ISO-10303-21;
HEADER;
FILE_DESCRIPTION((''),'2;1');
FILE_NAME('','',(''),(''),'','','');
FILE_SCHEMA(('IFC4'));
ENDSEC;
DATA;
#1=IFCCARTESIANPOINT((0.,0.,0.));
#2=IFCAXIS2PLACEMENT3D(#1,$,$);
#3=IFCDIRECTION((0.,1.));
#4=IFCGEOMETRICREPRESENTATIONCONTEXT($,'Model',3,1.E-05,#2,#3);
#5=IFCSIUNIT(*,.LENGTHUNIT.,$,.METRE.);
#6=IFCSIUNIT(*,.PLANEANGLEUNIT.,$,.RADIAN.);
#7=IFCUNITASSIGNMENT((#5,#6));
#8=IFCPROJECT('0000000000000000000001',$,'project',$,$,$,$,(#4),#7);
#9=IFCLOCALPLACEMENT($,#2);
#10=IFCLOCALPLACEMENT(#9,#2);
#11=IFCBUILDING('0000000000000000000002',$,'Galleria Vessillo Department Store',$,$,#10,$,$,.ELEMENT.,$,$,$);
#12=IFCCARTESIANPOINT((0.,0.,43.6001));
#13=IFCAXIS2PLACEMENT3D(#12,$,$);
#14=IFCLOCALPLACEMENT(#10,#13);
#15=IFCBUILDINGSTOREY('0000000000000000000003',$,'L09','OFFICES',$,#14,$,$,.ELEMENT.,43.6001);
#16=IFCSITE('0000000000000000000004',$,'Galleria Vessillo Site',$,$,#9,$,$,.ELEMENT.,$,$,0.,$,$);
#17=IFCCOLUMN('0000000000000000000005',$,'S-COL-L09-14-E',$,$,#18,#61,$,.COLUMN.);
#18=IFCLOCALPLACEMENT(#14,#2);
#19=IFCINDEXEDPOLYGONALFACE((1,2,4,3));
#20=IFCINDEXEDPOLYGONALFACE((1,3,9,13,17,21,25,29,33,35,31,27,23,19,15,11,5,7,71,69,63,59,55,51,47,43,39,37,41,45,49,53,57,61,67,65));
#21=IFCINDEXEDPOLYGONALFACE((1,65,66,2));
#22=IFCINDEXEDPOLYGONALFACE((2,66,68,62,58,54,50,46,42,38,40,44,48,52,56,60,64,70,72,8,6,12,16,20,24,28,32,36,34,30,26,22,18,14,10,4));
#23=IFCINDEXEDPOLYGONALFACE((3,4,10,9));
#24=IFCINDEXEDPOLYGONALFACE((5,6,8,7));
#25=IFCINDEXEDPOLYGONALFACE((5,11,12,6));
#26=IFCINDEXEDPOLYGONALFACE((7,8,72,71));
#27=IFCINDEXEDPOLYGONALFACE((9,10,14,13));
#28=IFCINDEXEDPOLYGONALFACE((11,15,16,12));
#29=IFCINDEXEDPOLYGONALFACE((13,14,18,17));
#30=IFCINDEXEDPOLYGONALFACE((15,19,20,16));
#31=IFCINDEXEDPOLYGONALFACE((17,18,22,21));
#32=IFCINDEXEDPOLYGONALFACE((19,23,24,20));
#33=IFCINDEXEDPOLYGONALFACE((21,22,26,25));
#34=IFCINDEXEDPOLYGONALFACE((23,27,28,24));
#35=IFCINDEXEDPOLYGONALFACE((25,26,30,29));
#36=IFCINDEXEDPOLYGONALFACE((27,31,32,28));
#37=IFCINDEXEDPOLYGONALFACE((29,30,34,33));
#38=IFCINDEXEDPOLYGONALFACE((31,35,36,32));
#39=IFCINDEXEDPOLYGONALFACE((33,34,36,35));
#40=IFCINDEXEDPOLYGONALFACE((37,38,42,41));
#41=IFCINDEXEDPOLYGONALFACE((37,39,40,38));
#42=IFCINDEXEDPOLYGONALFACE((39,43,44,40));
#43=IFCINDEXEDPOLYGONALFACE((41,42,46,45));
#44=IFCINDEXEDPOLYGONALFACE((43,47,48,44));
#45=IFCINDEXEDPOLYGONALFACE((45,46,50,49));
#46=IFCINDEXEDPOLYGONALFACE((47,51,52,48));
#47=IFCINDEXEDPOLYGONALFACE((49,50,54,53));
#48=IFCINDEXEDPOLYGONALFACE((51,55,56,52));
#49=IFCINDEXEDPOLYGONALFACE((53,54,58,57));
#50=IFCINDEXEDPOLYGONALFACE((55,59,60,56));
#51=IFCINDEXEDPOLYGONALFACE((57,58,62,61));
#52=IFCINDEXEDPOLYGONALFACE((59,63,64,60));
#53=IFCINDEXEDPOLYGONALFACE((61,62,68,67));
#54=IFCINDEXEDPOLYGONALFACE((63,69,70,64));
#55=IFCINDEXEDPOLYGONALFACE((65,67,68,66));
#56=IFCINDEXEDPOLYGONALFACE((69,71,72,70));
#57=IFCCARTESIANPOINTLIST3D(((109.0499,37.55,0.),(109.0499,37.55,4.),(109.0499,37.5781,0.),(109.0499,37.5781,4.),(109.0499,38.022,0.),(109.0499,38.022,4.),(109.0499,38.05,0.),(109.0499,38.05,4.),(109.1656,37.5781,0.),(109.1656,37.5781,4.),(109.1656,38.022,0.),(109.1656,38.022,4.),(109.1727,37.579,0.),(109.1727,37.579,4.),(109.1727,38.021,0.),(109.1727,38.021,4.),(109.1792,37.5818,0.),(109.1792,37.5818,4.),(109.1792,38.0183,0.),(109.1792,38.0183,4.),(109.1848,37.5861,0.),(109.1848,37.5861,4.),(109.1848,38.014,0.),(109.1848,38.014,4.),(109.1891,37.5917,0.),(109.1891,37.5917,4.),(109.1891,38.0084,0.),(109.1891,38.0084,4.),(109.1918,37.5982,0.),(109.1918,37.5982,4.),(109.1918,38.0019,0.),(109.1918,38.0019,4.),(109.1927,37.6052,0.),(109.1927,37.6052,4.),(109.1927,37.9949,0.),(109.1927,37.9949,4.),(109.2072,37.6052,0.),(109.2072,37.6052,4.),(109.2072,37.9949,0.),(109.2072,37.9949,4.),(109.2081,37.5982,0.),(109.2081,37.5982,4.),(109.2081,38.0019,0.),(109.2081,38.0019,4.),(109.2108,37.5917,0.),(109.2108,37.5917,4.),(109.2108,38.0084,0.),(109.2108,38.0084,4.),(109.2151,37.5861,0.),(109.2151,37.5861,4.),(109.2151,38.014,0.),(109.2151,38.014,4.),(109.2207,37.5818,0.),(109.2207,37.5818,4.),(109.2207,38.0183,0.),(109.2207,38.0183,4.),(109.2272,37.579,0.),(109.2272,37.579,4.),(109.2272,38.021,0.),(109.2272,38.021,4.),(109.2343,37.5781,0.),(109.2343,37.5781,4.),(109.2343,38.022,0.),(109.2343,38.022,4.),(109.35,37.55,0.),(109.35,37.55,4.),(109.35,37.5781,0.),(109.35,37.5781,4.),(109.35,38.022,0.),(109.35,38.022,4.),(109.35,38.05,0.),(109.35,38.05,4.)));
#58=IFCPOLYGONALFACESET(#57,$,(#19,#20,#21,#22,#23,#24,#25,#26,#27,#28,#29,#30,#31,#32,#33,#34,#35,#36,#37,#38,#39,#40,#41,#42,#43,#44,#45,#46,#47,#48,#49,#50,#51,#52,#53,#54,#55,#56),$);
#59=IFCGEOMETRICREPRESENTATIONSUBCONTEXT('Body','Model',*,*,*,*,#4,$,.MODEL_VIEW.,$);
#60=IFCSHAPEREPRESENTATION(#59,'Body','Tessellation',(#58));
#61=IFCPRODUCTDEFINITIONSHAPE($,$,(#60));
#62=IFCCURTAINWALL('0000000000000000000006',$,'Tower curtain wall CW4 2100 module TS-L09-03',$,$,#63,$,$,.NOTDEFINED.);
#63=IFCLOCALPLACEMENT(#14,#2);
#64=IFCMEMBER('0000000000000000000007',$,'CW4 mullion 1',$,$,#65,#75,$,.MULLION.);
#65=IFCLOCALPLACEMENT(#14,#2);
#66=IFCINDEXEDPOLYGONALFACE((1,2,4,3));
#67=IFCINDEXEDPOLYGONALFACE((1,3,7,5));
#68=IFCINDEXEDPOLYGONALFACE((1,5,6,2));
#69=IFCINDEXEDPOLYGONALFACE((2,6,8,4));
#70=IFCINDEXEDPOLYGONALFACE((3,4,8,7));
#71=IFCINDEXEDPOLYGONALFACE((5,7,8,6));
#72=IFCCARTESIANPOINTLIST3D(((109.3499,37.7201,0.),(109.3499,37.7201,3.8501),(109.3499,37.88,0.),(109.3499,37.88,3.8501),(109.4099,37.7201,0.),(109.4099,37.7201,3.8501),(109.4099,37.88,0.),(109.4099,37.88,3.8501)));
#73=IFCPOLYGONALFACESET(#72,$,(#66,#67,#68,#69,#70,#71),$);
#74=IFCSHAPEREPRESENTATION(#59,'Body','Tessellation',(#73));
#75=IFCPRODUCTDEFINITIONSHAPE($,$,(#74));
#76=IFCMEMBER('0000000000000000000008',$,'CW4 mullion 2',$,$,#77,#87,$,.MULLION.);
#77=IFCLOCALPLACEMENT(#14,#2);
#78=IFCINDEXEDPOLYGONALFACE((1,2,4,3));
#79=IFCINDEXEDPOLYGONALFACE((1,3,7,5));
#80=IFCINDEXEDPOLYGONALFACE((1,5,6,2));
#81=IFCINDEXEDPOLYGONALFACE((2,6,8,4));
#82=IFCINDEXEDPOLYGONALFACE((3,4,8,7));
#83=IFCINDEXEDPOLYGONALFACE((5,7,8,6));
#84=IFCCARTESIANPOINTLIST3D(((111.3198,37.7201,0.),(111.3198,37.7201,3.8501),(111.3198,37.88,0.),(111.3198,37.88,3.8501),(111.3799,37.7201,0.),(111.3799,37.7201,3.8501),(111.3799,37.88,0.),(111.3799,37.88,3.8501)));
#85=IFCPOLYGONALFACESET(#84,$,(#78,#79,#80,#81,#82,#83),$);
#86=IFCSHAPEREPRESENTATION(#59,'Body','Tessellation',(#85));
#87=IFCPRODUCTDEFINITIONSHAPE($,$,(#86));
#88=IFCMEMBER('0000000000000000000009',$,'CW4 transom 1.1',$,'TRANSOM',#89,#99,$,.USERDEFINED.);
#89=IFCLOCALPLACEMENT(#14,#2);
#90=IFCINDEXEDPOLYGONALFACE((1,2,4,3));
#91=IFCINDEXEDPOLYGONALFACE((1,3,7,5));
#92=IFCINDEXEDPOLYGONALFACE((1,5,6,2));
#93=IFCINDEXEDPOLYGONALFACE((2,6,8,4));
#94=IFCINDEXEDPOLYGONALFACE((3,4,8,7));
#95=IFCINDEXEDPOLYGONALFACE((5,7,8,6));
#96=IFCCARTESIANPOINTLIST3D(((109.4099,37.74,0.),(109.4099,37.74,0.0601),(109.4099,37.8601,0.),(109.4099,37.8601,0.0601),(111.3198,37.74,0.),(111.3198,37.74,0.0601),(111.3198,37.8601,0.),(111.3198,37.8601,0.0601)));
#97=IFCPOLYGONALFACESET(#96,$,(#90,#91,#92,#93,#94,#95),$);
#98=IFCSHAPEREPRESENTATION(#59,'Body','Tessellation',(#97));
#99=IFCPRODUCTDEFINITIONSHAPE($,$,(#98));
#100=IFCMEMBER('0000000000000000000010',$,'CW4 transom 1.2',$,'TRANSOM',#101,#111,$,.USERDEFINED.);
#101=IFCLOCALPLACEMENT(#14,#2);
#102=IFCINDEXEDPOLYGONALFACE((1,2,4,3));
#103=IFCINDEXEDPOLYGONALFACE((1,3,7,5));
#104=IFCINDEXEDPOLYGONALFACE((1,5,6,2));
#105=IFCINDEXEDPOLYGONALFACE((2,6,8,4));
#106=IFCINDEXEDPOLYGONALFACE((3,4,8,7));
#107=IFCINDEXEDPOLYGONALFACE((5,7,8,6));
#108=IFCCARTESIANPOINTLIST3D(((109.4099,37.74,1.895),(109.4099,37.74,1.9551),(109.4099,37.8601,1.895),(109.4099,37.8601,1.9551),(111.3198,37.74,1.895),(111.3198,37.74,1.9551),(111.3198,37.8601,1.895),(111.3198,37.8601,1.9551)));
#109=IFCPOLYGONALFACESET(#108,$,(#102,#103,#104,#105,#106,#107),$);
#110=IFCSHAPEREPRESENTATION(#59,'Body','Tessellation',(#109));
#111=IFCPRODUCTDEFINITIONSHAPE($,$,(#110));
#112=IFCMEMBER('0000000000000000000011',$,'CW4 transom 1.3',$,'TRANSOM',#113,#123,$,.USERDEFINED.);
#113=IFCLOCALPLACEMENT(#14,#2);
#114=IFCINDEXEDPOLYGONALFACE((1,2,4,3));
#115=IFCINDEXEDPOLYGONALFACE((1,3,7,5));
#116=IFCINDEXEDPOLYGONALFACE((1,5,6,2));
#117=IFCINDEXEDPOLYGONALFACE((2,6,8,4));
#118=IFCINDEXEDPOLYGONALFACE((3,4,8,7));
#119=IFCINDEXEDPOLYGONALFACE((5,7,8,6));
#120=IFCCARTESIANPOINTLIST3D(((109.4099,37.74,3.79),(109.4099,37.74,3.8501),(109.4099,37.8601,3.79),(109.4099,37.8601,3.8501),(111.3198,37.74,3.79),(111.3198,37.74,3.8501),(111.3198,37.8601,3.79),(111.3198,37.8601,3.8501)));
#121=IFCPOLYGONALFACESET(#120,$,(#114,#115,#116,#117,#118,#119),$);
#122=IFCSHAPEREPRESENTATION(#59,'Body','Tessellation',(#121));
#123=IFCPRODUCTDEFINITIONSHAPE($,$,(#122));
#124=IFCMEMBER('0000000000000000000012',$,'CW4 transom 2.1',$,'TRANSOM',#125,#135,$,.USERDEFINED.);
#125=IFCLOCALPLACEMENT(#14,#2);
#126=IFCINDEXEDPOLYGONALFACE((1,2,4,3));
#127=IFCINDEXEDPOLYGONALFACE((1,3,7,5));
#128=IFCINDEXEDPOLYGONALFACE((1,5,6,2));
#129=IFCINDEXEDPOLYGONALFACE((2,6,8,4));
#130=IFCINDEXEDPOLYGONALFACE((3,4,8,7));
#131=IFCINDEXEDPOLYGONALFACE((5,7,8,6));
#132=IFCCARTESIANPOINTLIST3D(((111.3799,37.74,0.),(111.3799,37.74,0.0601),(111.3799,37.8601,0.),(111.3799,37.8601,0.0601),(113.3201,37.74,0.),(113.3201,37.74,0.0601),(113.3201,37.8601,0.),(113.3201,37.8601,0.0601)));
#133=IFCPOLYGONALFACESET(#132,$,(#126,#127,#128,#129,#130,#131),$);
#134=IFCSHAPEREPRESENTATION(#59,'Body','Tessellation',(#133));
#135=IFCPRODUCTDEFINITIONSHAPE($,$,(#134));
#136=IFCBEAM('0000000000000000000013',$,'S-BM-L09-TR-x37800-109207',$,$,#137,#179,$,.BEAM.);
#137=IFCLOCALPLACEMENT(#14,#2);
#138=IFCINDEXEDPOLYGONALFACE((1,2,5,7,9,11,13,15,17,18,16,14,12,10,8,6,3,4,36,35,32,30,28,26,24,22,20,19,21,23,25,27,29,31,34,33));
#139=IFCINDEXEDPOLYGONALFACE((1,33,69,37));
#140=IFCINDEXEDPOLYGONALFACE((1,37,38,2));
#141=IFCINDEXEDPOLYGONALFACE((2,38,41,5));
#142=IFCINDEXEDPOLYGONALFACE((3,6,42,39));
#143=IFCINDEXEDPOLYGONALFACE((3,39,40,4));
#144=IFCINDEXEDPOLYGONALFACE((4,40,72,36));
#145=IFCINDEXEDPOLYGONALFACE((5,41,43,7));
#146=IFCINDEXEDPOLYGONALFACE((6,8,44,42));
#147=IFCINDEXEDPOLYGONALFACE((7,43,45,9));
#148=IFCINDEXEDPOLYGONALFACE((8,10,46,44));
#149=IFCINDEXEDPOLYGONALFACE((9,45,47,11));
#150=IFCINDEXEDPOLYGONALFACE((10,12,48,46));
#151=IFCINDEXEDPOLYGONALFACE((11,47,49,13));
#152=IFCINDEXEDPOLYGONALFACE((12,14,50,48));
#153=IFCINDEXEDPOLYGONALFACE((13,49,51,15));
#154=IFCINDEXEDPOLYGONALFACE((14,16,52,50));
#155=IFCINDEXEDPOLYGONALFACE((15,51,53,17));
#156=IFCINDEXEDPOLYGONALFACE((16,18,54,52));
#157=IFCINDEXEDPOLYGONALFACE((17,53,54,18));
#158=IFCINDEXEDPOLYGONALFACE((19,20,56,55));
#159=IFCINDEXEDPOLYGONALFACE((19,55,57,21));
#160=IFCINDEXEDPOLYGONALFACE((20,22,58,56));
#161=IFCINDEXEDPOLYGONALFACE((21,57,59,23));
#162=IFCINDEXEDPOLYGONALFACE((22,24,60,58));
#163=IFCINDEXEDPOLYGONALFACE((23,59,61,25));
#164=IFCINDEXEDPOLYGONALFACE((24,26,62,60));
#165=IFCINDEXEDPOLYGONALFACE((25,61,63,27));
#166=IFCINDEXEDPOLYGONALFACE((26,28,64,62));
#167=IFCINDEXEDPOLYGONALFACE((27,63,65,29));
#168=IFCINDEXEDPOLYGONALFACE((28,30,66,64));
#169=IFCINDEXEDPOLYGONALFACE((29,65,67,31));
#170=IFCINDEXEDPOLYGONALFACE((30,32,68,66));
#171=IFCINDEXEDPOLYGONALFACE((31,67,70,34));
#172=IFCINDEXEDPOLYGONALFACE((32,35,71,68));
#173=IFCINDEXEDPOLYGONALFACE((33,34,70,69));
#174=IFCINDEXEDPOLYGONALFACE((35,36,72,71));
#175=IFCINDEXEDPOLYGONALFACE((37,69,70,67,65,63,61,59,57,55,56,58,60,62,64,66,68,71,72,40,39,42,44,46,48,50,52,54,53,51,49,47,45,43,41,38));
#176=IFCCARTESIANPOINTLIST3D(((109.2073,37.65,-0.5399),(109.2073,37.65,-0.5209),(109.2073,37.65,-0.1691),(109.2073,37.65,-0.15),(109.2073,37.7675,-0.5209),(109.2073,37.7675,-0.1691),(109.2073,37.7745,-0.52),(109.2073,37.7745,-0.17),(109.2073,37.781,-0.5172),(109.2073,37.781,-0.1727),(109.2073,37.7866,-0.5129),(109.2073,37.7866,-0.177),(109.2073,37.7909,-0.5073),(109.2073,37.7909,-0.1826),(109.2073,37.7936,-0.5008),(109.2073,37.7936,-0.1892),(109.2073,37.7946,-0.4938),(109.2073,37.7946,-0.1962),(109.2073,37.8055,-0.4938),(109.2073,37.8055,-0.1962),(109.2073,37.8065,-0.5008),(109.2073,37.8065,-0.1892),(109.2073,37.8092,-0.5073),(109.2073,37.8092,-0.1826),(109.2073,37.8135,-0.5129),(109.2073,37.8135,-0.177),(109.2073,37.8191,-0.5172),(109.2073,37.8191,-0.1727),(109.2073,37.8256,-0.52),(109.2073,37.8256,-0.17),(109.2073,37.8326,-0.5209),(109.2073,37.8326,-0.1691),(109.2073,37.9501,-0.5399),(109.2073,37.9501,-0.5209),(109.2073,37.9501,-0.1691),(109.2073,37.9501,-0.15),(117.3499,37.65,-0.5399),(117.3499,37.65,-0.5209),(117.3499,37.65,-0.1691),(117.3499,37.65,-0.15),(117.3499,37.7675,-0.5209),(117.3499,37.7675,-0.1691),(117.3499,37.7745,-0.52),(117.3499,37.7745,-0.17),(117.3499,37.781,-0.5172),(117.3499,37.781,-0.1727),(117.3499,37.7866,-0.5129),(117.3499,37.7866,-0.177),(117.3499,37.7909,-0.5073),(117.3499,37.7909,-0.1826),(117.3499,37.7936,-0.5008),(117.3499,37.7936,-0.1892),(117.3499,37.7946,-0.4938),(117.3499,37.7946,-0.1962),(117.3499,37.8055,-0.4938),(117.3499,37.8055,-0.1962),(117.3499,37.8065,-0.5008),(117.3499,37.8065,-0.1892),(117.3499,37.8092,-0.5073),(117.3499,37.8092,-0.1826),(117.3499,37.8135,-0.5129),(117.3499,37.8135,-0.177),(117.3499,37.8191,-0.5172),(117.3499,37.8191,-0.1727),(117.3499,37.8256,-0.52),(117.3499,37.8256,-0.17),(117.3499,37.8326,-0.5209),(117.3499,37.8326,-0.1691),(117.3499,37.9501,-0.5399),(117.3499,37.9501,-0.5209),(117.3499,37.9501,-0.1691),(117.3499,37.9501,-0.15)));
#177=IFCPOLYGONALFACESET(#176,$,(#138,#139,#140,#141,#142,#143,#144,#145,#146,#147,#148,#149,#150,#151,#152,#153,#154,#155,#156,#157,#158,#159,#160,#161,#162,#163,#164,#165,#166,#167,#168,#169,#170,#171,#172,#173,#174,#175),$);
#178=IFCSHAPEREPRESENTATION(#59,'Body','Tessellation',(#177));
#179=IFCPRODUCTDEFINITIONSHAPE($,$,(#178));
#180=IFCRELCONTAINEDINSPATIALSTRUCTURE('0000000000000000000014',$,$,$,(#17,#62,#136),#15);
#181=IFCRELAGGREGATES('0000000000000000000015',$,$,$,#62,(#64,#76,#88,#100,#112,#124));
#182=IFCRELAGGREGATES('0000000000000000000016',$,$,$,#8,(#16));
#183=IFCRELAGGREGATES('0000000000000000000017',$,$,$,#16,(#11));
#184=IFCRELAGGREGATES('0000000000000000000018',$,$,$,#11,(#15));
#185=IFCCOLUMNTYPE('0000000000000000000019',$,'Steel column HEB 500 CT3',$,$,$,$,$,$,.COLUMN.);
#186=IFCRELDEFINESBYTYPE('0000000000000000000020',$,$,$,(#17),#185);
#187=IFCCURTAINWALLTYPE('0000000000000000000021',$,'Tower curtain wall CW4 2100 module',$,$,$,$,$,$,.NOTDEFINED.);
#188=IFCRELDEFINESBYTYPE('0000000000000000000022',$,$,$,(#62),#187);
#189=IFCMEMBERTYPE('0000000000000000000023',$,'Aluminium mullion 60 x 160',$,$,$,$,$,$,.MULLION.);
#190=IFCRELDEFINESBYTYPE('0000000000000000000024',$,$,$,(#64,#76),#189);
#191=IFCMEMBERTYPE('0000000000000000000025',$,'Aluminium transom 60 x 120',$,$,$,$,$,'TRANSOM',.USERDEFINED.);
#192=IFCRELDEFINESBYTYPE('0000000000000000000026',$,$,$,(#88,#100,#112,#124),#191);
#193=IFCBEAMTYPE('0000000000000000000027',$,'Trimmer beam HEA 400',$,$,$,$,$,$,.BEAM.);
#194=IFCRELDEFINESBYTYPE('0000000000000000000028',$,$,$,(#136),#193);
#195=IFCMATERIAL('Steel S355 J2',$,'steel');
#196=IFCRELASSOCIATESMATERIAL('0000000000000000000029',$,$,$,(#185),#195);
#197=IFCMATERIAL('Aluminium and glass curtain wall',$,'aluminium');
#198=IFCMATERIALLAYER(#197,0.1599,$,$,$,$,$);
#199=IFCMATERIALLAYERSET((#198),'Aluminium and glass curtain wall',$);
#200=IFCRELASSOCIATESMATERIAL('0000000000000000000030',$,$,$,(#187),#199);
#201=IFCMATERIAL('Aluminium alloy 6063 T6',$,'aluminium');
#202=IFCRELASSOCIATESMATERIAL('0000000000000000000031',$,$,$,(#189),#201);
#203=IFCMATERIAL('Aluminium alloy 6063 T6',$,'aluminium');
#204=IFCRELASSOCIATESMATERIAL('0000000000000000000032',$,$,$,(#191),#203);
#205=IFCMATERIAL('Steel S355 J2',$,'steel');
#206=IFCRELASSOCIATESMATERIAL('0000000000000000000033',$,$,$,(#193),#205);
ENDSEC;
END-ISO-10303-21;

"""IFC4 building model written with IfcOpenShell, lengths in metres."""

from ifc_helpers import new_model, si_unit, direction, frame, origin, origin_2d, place, context, subcontext, project, spatial, rectangle, i_section, extrude, material, layer, layer_set, material_profile, profile_set, type_object, element, aggregate, save


model = new_model("IFC4")

# Units and contexts
model_context = context("Model", 3, precision=1e-05, world=origin(), true_north=direction((0.0, 1.0)))
body_context = subcontext(model_context, "Body", "Model", "MODEL_VIEW")
ifc_project = project(units=[si_unit("LENGTHUNIT", "METRE"), si_unit("PLANEANGLEUNIT", "RADIAN")], contexts=[model_context])

# Site, building, storey
site_placement = place(None, origin())
site = spatial("IfcSite", under=ifc_project, at=site_placement, Name="Galleria Vessillo Site", CompositionType="ELEMENT", RefElevation=0.0)
building_placement = place(site_placement, origin())
building = spatial("IfcBuilding", under=site, at=building_placement, Name="Galleria Vessillo Department Store", CompositionType="ELEMENT")
storey_placement = place(building_placement, frame((0.0, 0.0, 43.6001)))
storey = spatial("IfcBuildingStorey", under=building, at=storey_placement, Name="L09", Description="OFFICES", CompositionType="ELEMENT", Elevation=43.6001)

# Column
ifc_material_1 = material(Name="Steel S355 J2", Category="steel")
ifc_material_profile_1 = material_profile(ifc_material_1, i_section(OverallWidth=0.3, OverallDepth=0.5, WebThickness=0.0144, FlangeThickness=0.0281, FilletRadius=0.0271, at=origin_2d()), Name="HEB 500")
ifc_profile_set_1 = profile_set([ifc_material_profile_1], Name="Steel S355 J2")
column_type = type_object("IfcColumnType", Name="Steel column HEB 500 CT3", PredefinedType="COLUMN", material=ifc_profile_set_1)
column_placement = place(storey_placement, frame((109.2, 37.8, 0.0), z_axis=(0.0, 0.0, 1.0), x_axis=(1.0, 0.0, 0.0)))
element("IfcColumn", 1, at=column_placement, inside=storey, type_object=column_type, Name="S-COL-L09-14-E", PredefinedType="COLUMN", context=body_context, shape_type="SweptSolid", body=[
    extrude(i_section(OverallWidth=0.3, OverallDepth=0.5, WebThickness=0.0144, FlangeThickness=0.0281, FilletRadius=0.0271, at=origin_2d()), origin(), (0.0, 0.0, 1.0), 4.0),
])

# Curtain wall, members
ifc_material_2 = material(Name="Aluminium and glass curtain wall", Category="aluminium")
ifc_layer_1 = layer(ifc_material_2, 0.1599)
ifc_layer_set_1 = layer_set([ifc_layer_1], Name="Aluminium and glass curtain wall")
curtain_wall_type = type_object("IfcCurtainWallType", Name="Tower curtain wall CW4 2100 module", PredefinedType="NOTDEFINED", material=ifc_layer_set_1)
curtain_wall_placement = place(storey_placement, origin())
curtain_wall = element("IfcCurtainWall", 2, at=curtain_wall_placement, inside=storey, type_object=curtain_wall_type, Name="Tower curtain wall CW4 2100 module TS-L09-03", PredefinedType="NOTDEFINED")
ifc_material_3 = material(Name="Aluminium alloy 6063 T6", Category="aluminium")
ifc_material_profile_2 = material_profile(ifc_material_3, rectangle(XDim=0.1599, YDim=0.0601, at=origin_2d()), Name="AL 60x160")
ifc_profile_set_2 = profile_set([ifc_material_profile_2], Name="Aluminium alloy 6063 T6")
member_type_1 = type_object("IfcMemberType", Name="Aluminium mullion 60 x 160", PredefinedType="MULLION", material=ifc_profile_set_2)
member_1_placement = place(storey_placement, frame((109.3799, 37.8, 0.0), z_axis=(0.0, 0.0, 1.0), x_axis=(0.0, 1.0, 0.0)))
member_1 = element("IfcMember", 3, at=member_1_placement, type_object=member_type_1, Name="CW4 mullion 1", PredefinedType="MULLION", context=body_context, shape_type="SweptSolid", body=[
    extrude(rectangle(XDim=0.1599, YDim=0.0601, at=origin_2d()), origin(), (0.0, 0.0, 1.0), 3.8501),
])
member_2_placement = place(storey_placement, frame((111.3499, 37.8, 0.0), z_axis=(0.0, 0.0, 1.0), x_axis=(0.0, 1.0, 0.0)))
member_2 = element("IfcMember", 4, at=member_2_placement, type_object=member_type_1, Name="CW4 mullion 2", PredefinedType="MULLION", context=body_context, shape_type="SweptSolid", body=[
    extrude(rectangle(XDim=0.1599, YDim=0.0601, at=origin_2d()), origin(), (0.0, 0.0, 1.0), 3.8501),
])
ifc_material_4 = material(Name="Aluminium alloy 6063 T6", Category="aluminium")
ifc_material_profile_3 = material_profile(ifc_material_4, rectangle(XDim=0.1201, YDim=0.0601, at=origin_2d()), Name="AL 60x120")
ifc_profile_set_3 = profile_set([ifc_material_profile_3], Name="Aluminium alloy 6063 T6")
member_type_2 = type_object("IfcMemberType", Name="Aluminium transom 60 x 120", ElementType="TRANSOM", PredefinedType="USERDEFINED", material=ifc_profile_set_3)
member_3_placement = place(storey_placement, frame((109.4099, 37.8, 0.03), z_axis=(1.0, 0.0, 0.0), x_axis=(0.0, 1.0, 0.0)))
member_3 = element("IfcMember", 5, at=member_3_placement, type_object=member_type_2, Name="CW4 transom 1.1", ObjectType="TRANSOM", PredefinedType="USERDEFINED", context=body_context, shape_type="SweptSolid", body=[
    extrude(rectangle(XDim=0.1201, YDim=0.0601, at=origin_2d()), origin(), (0.0, 0.0, 1.0), 1.9099),
])
member_4_placement = place(storey_placement, frame((109.4099, 37.8, 1.925), z_axis=(1.0, 0.0, 0.0), x_axis=(0.0, 1.0, 0.0)))
member_4 = element("IfcMember", 6, at=member_4_placement, type_object=member_type_2, Name="CW4 transom 1.2", ObjectType="TRANSOM", PredefinedType="USERDEFINED", context=body_context, shape_type="SweptSolid", body=[
    extrude(rectangle(XDim=0.1201, YDim=0.0601, at=origin_2d()), origin(), (0.0, 0.0, 1.0), 1.9099),
])
member_5_placement = place(storey_placement, frame((109.4099, 37.8, 3.8201), z_axis=(1.0, 0.0, 0.0), x_axis=(0.0, 1.0, 0.0)))
member_5 = element("IfcMember", 7, at=member_5_placement, type_object=member_type_2, Name="CW4 transom 1.3", ObjectType="TRANSOM", PredefinedType="USERDEFINED", context=body_context, shape_type="SweptSolid", body=[
    extrude(rectangle(XDim=0.1201, YDim=0.0601, at=origin_2d()), origin(), (0.0, 0.0, 1.0), 1.9099),
])
member_6_placement = place(storey_placement, frame((111.3799, 37.8, 0.03), z_axis=(1.0, 0.0, 0.0), x_axis=(0.0, 1.0, 0.0)))
member_6 = element("IfcMember", 8, at=member_6_placement, type_object=member_type_2, Name="CW4 transom 2.1", ObjectType="TRANSOM", PredefinedType="USERDEFINED", context=body_context, shape_type="SweptSolid", body=[
    extrude(rectangle(XDim=0.1201, YDim=0.0601, at=origin_2d()), origin(), (0.0, 0.0, 1.0), 1.9402),
])

# Beam
ifc_material_5 = material(Name="Steel S355 J2", Category="steel")
ifc_material_profile_4 = material_profile(ifc_material_5, i_section(OverallWidth=0.3, OverallDepth=0.3899, WebThickness=0.011, FlangeThickness=0.019, FilletRadius=0.0271, at=origin_2d()), Name="HEA 400")
ifc_profile_set_4 = profile_set([ifc_material_profile_4], Name="Steel S355 J2")
beam_type = type_object("IfcBeamType", Name="Trimmer beam HEA 400", PredefinedType="BEAM", material=ifc_profile_set_4)
beam_placement = place(storey_placement, frame((109.2073, 37.8, -0.345), z_axis=(1.0, 0.0, 0.0), x_axis=(0.0, 1.0, 0.0)))
element("IfcBeam", 9, at=beam_placement, inside=storey, type_object=beam_type, Name="S-BM-L09-TR-x37800-109207", PredefinedType="BEAM", context=body_context, shape_type="SweptSolid", body=[
    extrude(i_section(OverallWidth=0.3, OverallDepth=0.3899, WebThickness=0.011, FlangeThickness=0.019, FilletRadius=0.0271, at=origin_2d()), origin(), (0.0, 0.0, 1.0), 8.1426),
])

aggregate(curtain_wall, [member_1, member_2, member_3, member_4, member_5, member_6])

save(model, "model.ifc")
